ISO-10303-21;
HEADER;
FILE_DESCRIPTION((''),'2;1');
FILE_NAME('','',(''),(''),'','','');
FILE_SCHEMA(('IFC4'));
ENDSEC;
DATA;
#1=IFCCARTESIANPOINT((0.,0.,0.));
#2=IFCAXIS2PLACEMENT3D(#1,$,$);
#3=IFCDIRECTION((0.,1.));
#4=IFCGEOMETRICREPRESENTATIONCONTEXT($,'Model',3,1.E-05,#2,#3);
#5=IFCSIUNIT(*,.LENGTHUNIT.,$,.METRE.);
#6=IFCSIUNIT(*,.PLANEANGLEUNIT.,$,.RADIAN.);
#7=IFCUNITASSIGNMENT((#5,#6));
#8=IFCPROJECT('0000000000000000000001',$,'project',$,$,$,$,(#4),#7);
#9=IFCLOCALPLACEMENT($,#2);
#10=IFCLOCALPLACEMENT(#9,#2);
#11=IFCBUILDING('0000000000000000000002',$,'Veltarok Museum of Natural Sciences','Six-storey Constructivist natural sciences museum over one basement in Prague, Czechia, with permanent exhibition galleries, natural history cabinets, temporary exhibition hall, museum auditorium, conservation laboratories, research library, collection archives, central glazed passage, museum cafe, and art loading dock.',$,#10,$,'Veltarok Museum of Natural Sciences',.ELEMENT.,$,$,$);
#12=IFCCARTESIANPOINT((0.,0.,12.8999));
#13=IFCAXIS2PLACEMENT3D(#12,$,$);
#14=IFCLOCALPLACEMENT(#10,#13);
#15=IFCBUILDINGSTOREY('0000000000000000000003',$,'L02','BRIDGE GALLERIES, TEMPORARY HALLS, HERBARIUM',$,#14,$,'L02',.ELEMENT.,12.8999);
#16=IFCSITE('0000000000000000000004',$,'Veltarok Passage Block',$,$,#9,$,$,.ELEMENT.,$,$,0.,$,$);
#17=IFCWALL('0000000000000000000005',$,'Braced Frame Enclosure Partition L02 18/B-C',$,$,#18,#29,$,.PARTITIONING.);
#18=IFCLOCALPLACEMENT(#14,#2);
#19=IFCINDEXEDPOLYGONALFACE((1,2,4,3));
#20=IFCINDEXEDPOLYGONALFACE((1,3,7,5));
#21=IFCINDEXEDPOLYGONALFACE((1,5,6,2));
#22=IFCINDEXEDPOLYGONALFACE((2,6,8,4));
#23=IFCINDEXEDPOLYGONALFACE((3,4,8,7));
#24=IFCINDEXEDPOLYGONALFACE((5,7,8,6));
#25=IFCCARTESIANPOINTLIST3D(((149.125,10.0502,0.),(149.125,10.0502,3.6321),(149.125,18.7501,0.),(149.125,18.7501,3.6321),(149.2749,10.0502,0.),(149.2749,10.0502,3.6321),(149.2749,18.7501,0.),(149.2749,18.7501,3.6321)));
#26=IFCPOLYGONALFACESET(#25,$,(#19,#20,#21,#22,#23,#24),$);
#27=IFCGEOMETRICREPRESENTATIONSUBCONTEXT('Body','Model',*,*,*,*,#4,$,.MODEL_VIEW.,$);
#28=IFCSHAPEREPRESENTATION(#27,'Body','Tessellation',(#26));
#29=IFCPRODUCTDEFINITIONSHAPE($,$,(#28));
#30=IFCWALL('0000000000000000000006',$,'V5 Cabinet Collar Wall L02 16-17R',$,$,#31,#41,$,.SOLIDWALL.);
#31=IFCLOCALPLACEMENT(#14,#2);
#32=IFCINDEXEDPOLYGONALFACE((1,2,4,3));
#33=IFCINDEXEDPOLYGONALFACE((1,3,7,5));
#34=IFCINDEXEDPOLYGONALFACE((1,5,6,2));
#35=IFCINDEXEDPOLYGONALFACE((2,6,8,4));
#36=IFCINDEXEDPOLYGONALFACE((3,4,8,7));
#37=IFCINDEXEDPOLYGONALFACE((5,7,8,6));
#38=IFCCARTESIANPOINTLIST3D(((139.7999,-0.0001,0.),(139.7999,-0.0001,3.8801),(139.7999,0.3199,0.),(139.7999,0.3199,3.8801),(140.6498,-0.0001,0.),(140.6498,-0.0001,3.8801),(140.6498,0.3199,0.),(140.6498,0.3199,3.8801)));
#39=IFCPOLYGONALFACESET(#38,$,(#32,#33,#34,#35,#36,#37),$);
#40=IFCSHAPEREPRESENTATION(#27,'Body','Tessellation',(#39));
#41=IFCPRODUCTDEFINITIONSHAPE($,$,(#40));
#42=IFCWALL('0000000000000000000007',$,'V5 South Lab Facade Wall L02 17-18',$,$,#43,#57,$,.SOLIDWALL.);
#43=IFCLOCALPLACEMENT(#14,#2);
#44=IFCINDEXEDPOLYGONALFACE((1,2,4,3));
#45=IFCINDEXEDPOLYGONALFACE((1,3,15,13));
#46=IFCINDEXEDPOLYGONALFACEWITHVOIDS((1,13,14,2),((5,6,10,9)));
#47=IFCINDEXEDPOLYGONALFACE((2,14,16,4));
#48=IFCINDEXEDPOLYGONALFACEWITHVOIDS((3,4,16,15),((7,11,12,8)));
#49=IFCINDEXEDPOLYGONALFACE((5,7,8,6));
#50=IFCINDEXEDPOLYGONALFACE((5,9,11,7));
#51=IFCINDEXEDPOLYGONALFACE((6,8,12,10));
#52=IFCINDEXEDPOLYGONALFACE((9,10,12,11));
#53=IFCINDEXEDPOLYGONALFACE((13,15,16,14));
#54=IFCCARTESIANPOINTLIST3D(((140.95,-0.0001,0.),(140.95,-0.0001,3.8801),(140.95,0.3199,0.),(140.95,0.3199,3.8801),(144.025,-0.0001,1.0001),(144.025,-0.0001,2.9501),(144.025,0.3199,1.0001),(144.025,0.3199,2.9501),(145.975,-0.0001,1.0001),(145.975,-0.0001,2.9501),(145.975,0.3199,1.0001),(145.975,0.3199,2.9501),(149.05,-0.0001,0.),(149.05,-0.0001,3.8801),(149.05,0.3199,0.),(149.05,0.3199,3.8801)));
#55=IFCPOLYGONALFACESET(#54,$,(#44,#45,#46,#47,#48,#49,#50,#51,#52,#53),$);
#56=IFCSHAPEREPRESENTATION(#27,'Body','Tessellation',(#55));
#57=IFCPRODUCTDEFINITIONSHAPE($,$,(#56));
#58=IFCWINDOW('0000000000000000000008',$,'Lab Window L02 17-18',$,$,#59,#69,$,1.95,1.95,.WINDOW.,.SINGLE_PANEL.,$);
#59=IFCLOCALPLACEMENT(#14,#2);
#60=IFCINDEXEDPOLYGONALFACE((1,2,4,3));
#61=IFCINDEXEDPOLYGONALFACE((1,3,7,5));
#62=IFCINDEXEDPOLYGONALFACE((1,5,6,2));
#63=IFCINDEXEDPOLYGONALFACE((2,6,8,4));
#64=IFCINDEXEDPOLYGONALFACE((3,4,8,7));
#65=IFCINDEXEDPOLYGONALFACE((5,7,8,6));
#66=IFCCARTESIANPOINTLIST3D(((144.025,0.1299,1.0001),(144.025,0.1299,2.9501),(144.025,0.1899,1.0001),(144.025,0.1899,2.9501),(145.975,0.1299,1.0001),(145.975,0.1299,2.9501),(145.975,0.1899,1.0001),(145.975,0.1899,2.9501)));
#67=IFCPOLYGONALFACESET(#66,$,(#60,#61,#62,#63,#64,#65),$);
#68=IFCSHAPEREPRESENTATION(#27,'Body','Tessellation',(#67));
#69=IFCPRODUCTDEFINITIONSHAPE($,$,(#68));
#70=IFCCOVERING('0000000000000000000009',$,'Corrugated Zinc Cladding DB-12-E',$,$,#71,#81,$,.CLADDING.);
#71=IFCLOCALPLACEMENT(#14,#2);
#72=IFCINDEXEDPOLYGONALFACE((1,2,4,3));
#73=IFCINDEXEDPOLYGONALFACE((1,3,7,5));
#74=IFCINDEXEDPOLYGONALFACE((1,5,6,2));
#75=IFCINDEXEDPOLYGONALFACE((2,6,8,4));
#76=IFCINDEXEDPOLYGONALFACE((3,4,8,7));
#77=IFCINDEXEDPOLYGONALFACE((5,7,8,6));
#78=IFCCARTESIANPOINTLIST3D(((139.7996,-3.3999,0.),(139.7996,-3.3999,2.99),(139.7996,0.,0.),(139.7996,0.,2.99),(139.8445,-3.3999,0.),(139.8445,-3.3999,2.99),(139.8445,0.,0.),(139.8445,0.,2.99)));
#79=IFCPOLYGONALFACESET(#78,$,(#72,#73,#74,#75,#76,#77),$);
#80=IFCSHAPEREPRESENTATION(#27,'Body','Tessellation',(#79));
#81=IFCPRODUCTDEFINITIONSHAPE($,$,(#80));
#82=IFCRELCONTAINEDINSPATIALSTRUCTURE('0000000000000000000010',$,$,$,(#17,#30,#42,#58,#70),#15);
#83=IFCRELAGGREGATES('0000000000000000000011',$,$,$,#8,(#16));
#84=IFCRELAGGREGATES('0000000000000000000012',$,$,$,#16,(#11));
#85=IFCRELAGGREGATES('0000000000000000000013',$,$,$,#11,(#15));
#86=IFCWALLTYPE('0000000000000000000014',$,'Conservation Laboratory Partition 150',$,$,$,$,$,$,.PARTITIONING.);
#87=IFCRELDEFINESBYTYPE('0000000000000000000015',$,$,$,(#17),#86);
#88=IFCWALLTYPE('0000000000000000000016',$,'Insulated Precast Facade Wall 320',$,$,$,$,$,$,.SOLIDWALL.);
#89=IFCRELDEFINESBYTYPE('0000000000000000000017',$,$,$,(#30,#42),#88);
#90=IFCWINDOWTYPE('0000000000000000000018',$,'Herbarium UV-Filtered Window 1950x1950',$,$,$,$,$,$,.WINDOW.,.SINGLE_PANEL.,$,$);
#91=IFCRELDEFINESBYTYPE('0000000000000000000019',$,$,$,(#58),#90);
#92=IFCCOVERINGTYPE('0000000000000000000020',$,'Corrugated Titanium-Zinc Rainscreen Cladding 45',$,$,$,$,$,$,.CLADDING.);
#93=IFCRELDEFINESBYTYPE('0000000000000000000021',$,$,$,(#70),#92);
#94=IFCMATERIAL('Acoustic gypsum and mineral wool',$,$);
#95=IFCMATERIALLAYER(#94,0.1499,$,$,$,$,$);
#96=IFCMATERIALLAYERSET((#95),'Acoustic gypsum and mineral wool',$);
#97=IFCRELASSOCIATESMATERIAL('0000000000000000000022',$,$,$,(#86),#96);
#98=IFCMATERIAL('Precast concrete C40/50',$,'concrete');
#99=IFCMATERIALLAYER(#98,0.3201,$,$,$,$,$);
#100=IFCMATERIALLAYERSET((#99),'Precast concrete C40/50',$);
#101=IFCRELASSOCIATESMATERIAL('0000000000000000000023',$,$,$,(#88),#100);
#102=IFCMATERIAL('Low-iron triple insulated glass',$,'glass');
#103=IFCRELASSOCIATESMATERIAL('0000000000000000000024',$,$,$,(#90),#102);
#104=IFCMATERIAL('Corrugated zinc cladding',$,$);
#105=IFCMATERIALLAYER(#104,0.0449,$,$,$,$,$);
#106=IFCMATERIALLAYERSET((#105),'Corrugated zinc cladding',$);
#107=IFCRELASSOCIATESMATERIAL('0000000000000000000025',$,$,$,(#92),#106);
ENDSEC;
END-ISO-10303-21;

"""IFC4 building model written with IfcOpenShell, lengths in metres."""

from ifc_helpers import new_model, si_unit, direction, frame, frame_2d, origin, place, context, subcontext, project, spatial, rectangle, extrude, material, layer, layer_set, type_object, element, fill, save


model = new_model("IFC4")

# Units and contexts
model_context = context("Model", 3, precision=1e-05, world=origin(), true_north=direction((0.0, 1.0)))
body_context = subcontext(model_context, "Body", "Model", "MODEL_VIEW")
ifc_project = project(units=[si_unit("LENGTHUNIT", "METRE"), si_unit("PLANEANGLEUNIT", "RADIAN")], contexts=[model_context])

# Site, building, storey
site_placement = place(None, origin())
site = spatial("IfcSite", under=ifc_project, at=site_placement, Name="Veltarok Passage Block", CompositionType="ELEMENT", RefElevation=0.0)
building_placement = place(site_placement, origin())
building = spatial("IfcBuilding", under=site, at=building_placement, Name="Veltarok Museum of Natural Sciences", Description="Six-storey Constructivist natural sciences museum over one basement in Prague, Czechia, with permanent exhibition galleries, natural history cabinets, temporary exhibition hall, museum auditorium, conservation laboratories, research library, collection archives, central glazed passage, museum cafe, and art loading dock.", LongName="Veltarok Museum of Natural Sciences", CompositionType="ELEMENT")
storey_placement = place(building_placement, frame((0.0, 0.0, 12.8999)))
storey = spatial("IfcBuildingStorey", under=building, at=storey_placement, Name="L02", Description="BRIDGE GALLERIES, TEMPORARY HALLS, HERBARIUM", LongName="L02", CompositionType="ELEMENT", Elevation=12.8999)

# Shared definitions
ifc_material_1 = material(Name="Low-iron triple insulated glass", Category="glass")

# Shared definitions
ifc_material_2 = material(Name="Precast concrete C40/50", Category="concrete")

# Walls
ifc_material_3 = material(Name="Acoustic gypsum and mineral wool")
ifc_layer_1 = layer(ifc_material_3, 0.1499)
ifc_layer_set_1 = layer_set([ifc_layer_1], Name="Acoustic gypsum and mineral wool")
wall_type_1 = type_object("IfcWallType", Name="Conservation Laboratory Partition 150", PredefinedType="PARTITIONING", material=ifc_layer_set_1)
wall_1_placement = place(storey_placement, frame((149.2, 10.05, 0.0), z_axis=(0.0, 0.0, 1.0), x_axis=(0.0, 1.0, 0.0)))
element("IfcWall", 1, at=wall_1_placement, inside=storey, type_object=wall_type_1, Name="Braced Frame Enclosure Partition L02 18/B-C", PredefinedType="PARTITIONING", context=body_context, shape_type="SweptSolid", body=[
    extrude(rectangle(XDim=8.7, YDim=0.1499, at=frame_2d((4.3501, 0.0))), origin(), (0.0, 0.0, 1.0), 3.6321),
])
ifc_layer_2 = layer(ifc_material_2, 0.3201)
ifc_layer_set_2 = layer_set([ifc_layer_2], Name="Precast concrete C40/50")
wall_type_2 = type_object("IfcWallType", Name="Insulated Precast Facade Wall 320", PredefinedType="SOLIDWALL", material=ifc_layer_set_2)
wall_2_placement = place(storey_placement, frame((139.8, 0.1599, 0.0), z_axis=(0.0, 0.0, 1.0), x_axis=(1.0, 0.0, 0.0)))
element("IfcWall", 2, at=wall_2_placement, inside=storey, type_object=wall_type_2, Name="V5 Cabinet Collar Wall L02 16-17R", PredefinedType="SOLIDWALL", context=body_context, shape_type="SweptSolid", body=[
    extrude(rectangle(XDim=0.8499, YDim=0.3201, at=frame_2d((0.4248, 0.0))), origin(), (0.0, 0.0, 1.0), 3.8801),
])

# Wall, opening, window
wall_3_placement = place(storey_placement, frame((140.95, 0.1599, 0.0), z_axis=(0.0, 0.0, 1.0), x_axis=(1.0, 0.0, 0.0)))
wall_3 = element("IfcWall", 3, at=wall_3_placement, inside=storey, type_object=wall_type_2, Name="V5 South Lab Facade Wall L02 17-18", PredefinedType="SOLIDWALL", context=body_context, shape_type="SweptSolid", body=[
    extrude(rectangle(XDim=8.1001, YDim=0.3201, at=frame_2d((4.05, 0.0))), origin(), (0.0, 0.0, 1.0), 3.8801),
])
opening_placement = place(wall_3_placement, frame((3.075, 0.0, 1.0)))
opening = element("IfcOpeningElement", 4, at=opening_placement, cuts=wall_3, PredefinedType="OPENING", context=body_context, shape_type="SweptSolid", body=[
    extrude(rectangle(XDim=1.95, YDim=1.95, at=frame_2d((0.9751, 0.9751))), frame((0.0, 0.1699, 0.0), z_axis=(0.0, -1.0, 0.0), x_axis=(1.0, 0.0, 0.0)), (0.0, 0.0, 1.0), 0.3401),
])
window_type = type_object("IfcWindowType", Name="Herbarium UV-Filtered Window 1950x1950", PartitioningType="SINGLE_PANEL", PredefinedType="WINDOW", material=ifc_material_1)
window_placement = place(opening_placement, origin())
window = element("IfcWindow", 5, at=window_placement, inside=storey, type_object=window_type, Name="Lab Window L02 17-18", OverallHeight=1.95, OverallWidth=1.95, PartitioningType="SINGLE_PANEL", PredefinedType="WINDOW", context=body_context, shape_type="SweptSolid", body=[
    extrude(rectangle(XDim=1.95, YDim=1.95, at=frame_2d((0.9751, 0.9751))), frame((0.0, 0.03, 0.0), z_axis=(0.0, -1.0, 0.0), x_axis=(1.0, 0.0, 0.0)), (0.0, 0.0, 1.0), 0.0601),
])
fill(opening, window)

# Covering
ifc_material_4 = material(Name="Corrugated zinc cladding")
ifc_layer_3 = layer(ifc_material_4, 0.0449)
ifc_layer_set_3 = layer_set([ifc_layer_3], Name="Corrugated zinc cladding")
covering_type = type_object("IfcCoveringType", Name="Corrugated Titanium-Zinc Rainscreen Cladding 45", PredefinedType="CLADDING", material=ifc_layer_set_3)
covering_placement = place(storey_placement, frame((139.822, -3.3999, 0.0), z_axis=(0.0, 0.0, 1.0), x_axis=(0.0, 1.0, 0.0)))
element("IfcCovering", 6, at=covering_placement, inside=storey, type_object=covering_type, Name="Corrugated Zinc Cladding DB-12-E", PredefinedType="CLADDING", context=body_context, shape_type="SweptSolid", body=[
    extrude(rectangle(XDim=3.3999, YDim=0.0449, at=frame_2d((1.7, 0.0))), origin(), (0.0, 0.0, 1.0), 2.99),
])

save(model, "model.ifc")
